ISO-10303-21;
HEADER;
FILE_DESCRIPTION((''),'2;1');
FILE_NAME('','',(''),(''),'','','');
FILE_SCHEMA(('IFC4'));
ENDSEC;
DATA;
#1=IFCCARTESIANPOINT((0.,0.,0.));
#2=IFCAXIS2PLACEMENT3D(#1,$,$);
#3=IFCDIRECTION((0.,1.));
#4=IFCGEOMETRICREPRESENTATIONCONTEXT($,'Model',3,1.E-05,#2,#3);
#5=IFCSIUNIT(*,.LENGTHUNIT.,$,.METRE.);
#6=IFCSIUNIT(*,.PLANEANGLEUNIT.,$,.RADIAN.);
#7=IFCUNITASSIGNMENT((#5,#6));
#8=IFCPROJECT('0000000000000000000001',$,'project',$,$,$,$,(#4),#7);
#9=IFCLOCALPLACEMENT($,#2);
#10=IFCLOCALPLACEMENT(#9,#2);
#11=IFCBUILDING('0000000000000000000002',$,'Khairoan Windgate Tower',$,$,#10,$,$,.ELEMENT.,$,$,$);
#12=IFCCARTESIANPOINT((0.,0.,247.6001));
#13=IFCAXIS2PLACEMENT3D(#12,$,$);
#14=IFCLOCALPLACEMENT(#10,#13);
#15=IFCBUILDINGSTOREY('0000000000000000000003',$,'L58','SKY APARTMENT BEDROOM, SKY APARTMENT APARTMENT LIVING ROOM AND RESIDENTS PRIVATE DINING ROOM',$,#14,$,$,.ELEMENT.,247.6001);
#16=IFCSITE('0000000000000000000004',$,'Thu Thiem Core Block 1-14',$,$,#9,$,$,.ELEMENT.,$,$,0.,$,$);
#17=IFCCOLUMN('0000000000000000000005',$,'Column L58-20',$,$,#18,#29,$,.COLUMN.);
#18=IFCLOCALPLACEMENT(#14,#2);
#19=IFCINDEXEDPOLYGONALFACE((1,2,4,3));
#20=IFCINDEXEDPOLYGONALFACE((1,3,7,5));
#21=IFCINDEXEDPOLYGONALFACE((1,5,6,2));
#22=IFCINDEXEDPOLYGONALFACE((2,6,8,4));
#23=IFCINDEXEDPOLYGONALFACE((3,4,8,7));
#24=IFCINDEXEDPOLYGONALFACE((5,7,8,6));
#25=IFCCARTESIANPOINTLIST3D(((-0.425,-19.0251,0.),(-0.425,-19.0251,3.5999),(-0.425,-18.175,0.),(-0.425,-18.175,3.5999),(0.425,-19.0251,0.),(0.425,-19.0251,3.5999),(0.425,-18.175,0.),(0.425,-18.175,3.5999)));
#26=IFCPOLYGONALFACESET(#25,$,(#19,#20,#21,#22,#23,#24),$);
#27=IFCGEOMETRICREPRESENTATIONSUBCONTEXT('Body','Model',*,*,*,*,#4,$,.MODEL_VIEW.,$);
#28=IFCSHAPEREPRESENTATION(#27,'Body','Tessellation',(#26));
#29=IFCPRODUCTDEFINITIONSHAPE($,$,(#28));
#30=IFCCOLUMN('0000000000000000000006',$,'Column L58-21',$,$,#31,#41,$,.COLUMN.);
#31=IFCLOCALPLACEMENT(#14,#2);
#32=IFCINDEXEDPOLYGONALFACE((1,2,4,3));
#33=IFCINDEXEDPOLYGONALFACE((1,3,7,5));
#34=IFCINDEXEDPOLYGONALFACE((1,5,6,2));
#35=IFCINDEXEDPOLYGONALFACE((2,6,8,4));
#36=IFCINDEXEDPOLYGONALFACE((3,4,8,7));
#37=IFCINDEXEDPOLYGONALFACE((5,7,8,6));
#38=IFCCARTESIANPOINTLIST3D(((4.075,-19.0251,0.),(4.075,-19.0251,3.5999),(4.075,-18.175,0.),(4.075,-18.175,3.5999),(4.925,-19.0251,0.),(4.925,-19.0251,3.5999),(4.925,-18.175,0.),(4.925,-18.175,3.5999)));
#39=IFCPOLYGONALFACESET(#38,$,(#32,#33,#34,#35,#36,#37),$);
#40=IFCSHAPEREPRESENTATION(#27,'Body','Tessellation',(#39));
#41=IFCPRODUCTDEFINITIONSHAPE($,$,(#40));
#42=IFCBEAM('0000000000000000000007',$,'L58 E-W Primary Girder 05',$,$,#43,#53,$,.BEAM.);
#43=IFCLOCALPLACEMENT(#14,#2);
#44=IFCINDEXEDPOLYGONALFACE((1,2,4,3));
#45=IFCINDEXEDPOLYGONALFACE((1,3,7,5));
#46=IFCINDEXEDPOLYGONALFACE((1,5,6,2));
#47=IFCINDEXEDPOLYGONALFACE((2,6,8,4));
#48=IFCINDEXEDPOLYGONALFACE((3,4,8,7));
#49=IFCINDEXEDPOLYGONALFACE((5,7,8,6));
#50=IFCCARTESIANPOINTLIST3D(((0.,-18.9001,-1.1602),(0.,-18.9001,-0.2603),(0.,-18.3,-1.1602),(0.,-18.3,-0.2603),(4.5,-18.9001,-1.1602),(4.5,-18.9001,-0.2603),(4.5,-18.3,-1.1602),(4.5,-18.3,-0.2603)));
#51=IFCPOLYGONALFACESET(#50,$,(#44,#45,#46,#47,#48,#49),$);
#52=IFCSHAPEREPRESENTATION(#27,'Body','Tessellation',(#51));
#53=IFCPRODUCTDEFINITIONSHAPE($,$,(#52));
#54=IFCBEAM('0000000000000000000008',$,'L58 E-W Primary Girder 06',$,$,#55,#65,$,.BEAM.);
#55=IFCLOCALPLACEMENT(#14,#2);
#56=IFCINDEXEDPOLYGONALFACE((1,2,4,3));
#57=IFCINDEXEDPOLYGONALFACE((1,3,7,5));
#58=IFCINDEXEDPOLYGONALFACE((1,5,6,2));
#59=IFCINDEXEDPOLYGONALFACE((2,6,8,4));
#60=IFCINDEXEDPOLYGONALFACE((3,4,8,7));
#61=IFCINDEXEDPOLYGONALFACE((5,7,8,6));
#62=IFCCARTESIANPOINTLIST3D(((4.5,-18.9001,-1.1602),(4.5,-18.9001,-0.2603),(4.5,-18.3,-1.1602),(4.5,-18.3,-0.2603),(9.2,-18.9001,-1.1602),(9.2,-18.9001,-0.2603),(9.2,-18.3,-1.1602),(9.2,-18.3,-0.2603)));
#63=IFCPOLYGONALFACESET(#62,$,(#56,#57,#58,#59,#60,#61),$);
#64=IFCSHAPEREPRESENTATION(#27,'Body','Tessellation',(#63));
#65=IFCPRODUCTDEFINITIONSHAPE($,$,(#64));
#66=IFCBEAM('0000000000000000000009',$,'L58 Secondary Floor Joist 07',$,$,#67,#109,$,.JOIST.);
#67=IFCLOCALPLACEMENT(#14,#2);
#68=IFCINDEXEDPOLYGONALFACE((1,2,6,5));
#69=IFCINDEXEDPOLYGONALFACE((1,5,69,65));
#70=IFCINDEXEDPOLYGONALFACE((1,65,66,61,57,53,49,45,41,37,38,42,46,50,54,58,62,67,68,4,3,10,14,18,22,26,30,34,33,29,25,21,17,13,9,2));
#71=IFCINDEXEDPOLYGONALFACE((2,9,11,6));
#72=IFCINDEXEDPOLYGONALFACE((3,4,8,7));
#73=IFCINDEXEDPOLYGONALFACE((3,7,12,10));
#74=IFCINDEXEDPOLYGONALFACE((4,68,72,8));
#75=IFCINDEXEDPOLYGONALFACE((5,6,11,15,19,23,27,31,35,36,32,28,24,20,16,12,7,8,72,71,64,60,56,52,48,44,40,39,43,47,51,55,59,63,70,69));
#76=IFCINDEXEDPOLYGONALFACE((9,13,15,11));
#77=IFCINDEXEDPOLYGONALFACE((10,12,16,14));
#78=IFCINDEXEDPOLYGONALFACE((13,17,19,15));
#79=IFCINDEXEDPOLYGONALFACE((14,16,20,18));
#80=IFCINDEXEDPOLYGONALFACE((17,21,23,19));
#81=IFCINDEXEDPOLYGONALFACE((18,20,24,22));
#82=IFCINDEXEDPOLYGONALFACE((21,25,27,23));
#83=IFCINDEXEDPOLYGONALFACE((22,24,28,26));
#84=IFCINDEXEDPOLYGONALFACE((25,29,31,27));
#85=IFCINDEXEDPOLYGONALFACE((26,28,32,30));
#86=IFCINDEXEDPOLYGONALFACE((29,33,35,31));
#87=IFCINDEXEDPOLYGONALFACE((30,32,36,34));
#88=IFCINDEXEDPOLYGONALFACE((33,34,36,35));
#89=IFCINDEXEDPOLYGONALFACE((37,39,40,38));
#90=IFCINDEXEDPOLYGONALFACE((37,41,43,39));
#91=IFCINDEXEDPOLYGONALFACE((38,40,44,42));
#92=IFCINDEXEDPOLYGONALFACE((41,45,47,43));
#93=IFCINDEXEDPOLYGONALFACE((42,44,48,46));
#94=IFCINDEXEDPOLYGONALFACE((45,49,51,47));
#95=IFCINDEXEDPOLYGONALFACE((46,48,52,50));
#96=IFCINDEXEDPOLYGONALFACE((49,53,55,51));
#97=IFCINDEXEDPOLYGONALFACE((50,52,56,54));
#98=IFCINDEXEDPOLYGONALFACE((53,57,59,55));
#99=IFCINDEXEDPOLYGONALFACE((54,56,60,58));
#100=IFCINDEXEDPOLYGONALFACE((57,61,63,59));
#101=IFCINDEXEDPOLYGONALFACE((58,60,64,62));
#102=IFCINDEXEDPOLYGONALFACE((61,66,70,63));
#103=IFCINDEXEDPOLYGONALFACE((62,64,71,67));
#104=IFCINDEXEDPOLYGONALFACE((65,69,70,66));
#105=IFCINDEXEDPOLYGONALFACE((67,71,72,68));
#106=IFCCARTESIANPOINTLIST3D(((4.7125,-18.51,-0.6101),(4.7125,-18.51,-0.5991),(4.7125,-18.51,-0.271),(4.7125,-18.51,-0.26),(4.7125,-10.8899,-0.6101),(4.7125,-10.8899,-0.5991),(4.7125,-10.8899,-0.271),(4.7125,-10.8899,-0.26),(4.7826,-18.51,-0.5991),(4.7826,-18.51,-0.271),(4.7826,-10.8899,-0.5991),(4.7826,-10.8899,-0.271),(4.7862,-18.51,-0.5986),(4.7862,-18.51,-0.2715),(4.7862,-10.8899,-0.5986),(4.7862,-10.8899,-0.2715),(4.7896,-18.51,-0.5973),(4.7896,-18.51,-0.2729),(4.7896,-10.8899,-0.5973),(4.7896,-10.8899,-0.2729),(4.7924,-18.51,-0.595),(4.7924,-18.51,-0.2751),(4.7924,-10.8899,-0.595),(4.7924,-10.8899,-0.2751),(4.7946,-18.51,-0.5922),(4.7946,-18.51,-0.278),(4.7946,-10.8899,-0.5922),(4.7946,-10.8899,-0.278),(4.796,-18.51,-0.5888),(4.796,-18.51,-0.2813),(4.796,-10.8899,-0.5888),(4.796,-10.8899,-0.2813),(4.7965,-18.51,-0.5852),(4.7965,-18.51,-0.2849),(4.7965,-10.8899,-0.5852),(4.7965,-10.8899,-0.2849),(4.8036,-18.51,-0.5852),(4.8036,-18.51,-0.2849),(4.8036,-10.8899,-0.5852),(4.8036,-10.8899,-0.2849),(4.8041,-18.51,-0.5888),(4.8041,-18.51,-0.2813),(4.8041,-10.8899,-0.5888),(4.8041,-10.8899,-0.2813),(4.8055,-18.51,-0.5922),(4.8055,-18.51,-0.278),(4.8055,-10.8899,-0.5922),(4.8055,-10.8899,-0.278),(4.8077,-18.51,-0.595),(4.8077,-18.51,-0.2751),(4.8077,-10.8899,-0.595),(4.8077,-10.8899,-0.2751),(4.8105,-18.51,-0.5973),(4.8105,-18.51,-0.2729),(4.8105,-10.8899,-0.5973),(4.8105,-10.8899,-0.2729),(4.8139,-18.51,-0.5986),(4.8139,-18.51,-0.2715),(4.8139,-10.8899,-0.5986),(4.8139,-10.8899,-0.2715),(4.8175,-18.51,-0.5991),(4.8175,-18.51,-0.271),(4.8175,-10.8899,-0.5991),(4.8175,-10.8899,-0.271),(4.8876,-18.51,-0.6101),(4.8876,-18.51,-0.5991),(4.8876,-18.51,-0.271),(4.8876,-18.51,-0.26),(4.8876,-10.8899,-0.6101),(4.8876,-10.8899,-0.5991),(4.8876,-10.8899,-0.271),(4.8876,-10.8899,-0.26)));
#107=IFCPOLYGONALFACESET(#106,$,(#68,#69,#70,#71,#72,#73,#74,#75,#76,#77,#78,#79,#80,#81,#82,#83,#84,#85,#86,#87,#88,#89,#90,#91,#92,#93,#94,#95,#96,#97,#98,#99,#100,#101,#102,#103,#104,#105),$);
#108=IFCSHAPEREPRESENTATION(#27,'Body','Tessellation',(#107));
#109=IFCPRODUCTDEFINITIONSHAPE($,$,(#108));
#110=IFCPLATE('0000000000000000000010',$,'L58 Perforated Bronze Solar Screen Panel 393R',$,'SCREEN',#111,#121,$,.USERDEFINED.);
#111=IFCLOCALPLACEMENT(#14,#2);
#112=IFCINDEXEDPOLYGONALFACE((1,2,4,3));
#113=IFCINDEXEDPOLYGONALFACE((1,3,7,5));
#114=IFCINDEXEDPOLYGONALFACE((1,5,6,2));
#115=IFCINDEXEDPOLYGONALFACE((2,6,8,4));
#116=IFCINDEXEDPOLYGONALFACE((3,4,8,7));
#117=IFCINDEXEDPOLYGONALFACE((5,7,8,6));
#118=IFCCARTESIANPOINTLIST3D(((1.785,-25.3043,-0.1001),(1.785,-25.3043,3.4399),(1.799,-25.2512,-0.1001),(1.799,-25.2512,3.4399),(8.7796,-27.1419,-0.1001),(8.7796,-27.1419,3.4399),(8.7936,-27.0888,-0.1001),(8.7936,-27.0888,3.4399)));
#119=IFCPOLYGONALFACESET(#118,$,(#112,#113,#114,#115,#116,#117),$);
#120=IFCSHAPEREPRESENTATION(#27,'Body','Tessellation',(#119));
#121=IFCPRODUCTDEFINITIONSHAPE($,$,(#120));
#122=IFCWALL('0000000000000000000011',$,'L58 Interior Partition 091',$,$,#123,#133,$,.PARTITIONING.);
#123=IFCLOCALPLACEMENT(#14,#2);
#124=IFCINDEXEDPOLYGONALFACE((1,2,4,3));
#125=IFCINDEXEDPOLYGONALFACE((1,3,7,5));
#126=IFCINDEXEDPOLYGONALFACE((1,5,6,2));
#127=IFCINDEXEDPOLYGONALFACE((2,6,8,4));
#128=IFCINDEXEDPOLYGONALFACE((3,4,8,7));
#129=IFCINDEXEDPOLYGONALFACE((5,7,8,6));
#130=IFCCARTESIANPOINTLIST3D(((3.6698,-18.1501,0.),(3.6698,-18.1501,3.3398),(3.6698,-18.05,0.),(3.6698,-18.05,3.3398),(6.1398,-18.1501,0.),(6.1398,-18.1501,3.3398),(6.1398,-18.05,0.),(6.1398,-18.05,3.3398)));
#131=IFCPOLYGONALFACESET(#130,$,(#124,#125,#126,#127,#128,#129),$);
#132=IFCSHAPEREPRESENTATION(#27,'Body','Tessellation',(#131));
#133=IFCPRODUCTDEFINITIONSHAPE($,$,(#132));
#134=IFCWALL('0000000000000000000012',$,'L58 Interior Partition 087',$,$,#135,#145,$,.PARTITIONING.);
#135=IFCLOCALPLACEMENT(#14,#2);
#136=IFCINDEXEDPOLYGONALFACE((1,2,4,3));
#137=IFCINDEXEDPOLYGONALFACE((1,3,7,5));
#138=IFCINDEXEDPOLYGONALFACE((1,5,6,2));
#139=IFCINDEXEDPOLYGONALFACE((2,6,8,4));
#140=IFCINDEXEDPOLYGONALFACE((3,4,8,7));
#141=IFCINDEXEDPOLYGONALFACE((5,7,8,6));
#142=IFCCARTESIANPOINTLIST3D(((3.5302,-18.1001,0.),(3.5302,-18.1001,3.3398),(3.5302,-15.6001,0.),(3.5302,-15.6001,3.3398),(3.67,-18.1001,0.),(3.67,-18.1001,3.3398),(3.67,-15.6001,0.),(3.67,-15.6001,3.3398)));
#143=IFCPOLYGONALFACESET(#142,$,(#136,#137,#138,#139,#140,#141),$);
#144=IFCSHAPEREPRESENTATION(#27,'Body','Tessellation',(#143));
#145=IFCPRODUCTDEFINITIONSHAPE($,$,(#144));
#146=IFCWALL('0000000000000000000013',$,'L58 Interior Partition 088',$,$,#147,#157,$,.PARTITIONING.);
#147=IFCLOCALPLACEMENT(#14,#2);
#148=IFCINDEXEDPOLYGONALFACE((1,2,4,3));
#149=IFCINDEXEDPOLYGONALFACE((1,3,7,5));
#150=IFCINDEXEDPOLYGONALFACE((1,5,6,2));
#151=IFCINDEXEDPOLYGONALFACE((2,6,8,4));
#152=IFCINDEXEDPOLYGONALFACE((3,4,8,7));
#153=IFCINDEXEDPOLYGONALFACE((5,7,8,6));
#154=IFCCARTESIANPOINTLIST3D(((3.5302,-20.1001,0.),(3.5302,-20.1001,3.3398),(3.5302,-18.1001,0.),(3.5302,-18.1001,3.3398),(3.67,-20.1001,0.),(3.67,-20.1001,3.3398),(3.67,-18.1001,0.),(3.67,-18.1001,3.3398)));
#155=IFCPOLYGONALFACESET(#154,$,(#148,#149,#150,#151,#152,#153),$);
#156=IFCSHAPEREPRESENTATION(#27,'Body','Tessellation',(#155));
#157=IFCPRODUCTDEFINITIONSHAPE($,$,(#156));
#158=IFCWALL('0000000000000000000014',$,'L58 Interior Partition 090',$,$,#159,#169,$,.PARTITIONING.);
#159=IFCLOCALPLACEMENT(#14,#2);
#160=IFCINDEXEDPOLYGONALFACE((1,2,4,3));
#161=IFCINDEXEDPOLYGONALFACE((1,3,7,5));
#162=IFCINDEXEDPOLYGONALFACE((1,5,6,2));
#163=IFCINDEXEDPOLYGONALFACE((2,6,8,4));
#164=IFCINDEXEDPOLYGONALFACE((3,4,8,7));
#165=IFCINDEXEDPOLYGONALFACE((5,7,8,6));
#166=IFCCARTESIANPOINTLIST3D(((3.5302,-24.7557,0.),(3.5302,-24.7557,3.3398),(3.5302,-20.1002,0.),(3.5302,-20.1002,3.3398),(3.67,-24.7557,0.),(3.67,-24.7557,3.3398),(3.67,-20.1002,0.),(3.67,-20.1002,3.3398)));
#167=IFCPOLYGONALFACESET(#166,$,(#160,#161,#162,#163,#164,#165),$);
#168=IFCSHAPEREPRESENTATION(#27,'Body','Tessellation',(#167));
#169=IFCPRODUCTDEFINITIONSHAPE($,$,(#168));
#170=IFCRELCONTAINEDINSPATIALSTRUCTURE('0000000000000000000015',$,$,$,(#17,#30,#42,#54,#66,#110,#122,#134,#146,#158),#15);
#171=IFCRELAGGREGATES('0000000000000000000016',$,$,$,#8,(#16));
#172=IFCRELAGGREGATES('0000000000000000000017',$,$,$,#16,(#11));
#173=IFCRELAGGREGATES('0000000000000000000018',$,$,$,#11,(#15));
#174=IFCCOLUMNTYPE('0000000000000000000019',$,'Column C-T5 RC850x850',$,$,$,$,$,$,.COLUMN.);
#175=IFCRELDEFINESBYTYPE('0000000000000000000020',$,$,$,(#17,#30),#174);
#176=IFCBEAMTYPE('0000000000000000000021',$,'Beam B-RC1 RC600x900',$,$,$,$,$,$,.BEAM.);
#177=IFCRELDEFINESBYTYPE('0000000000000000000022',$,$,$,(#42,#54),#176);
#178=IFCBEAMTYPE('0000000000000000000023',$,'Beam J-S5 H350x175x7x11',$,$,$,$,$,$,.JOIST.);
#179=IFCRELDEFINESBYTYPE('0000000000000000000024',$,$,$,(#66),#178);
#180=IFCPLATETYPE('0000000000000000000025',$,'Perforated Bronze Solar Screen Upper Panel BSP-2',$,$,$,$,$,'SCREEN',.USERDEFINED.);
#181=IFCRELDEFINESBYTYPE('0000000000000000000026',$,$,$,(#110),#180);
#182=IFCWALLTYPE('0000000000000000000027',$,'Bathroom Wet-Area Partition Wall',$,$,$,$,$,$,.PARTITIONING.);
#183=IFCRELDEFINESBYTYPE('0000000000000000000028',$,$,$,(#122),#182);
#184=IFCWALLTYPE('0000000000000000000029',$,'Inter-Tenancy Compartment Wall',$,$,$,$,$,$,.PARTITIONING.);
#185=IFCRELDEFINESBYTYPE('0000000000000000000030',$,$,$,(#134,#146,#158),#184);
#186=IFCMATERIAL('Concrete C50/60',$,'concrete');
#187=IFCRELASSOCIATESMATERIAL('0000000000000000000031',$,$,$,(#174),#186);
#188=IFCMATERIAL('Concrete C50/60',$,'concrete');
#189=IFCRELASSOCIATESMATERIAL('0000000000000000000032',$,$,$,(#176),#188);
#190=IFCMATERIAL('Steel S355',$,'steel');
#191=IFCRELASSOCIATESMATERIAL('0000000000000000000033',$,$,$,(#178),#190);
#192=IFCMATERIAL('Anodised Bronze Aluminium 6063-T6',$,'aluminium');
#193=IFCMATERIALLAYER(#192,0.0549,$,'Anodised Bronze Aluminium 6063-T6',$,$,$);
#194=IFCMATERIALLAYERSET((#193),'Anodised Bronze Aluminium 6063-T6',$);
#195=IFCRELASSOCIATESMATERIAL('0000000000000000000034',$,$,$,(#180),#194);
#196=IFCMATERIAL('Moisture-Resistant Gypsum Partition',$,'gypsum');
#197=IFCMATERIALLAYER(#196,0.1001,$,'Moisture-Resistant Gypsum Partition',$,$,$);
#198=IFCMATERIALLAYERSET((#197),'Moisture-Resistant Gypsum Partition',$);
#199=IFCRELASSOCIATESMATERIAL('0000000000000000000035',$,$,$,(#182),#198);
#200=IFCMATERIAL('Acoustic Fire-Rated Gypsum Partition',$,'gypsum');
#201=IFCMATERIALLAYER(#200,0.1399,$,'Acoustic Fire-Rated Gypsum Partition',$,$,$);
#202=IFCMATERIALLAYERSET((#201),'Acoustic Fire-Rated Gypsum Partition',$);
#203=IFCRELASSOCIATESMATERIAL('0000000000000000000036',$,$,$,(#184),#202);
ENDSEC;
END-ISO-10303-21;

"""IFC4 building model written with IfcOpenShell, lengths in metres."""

from ifc_helpers import new_model, si_unit, direction, frame, frame_2d, origin, origin_2d, place, context, subcontext, project, spatial, rectangle, i_section, extrude, material, layer, layer_set, material_profile, profile_set, type_object, element, save


model = new_model("IFC4")

# Units and contexts
model_context = context("Model", 3, precision=1e-05, world=origin(), true_north=direction((0.0, 1.0)))
body_context = subcontext(model_context, "Body", "Model", "MODEL_VIEW")
ifc_project = project(units=[si_unit("LENGTHUNIT", "METRE"), si_unit("PLANEANGLEUNIT", "RADIAN")], contexts=[model_context])

# Site, building, storey
site_placement = place(None, origin())
site = spatial("IfcSite", under=ifc_project, at=site_placement, Name="Thu Thiem Core Block 1-14", CompositionType="ELEMENT", RefElevation=0.0)
building_placement = place(site_placement, origin())
building = spatial("IfcBuilding", under=site, at=building_placement, Name="Khairoan Windgate Tower", CompositionType="ELEMENT")
storey_placement = place(building_placement, frame((0.0, 0.0, 247.6001)))
storey = spatial("IfcBuildingStorey", under=building, at=storey_placement, Name="L58", Description="SKY APARTMENT BEDROOM, SKY APARTMENT APARTMENT LIVING ROOM AND RESIDENTS PRIVATE DINING ROOM", CompositionType="ELEMENT", Elevation=247.6001)

# Columns
ifc_material_1 = material(Name="Concrete C50/60", Category="concrete")
ifc_material_profile_1 = material_profile(ifc_material_1, rectangle(XDim=0.8501, YDim=0.8501, at=origin_2d()))
ifc_profile_set_1 = profile_set([ifc_material_profile_1], Name="Concrete C50/60")
column_type = type_object("IfcColumnType", Name="Column C-T5 RC850x850", PredefinedType="COLUMN", material=ifc_profile_set_1)
for number, where, z_axis, x_axis, name in (
    (1, (0.0, -18.6001, 0.0), (0.0, 0.0, 1.0), (1.0, 0.0, 0.0), "Column L58-20"),
    (2, (4.5, -18.6001, 0.0), (0.0, 0.0, 1.0), (1.0, 0.0, 0.0), "Column L58-21"),
):
    element("IfcColumn", number, at=place(storey_placement, frame(where, z_axis=z_axis, x_axis=x_axis)), inside=storey, type_object=column_type, Name=name, PredefinedType="COLUMN", context=body_context, shape_type="SweptSolid", body=[
        extrude(rectangle(XDim=0.8501, YDim=0.8501, at=origin_2d()), origin(), (0.0, 0.0, 1.0), 3.5999),
    ])

# Beams
ifc_material_2 = material(Name="Concrete C50/60", Category="concrete")
ifc_material_profile_2 = material_profile(ifc_material_2, rectangle(XDim=0.6001, YDim=0.8999, at=origin_2d()))
ifc_profile_set_2 = profile_set([ifc_material_profile_2], Name="Concrete C50/60")
beam_type_1 = type_object("IfcBeamType", Name="Beam B-RC1 RC600x900", PredefinedType="BEAM", material=ifc_profile_set_2)
beam_1_placement = place(storey_placement, frame((0.0, -18.6001, -0.7102), z_axis=(1.0, 0.0, 0.0), x_axis=(0.0, 1.0, 0.0)))
element("IfcBeam", 3, at=beam_1_placement, inside=storey, type_object=beam_type_1, Name="L58 E-W Primary Girder 05", PredefinedType="BEAM", context=body_context, shape_type="SweptSolid", body=[
    extrude(rectangle(XDim=0.6001, YDim=0.8999, at=origin_2d()), origin(), (0.0, 0.0, 1.0), 4.5),
])
beam_2_placement = place(storey_placement, frame((4.5, -18.6001, -0.7102), z_axis=(1.0, 0.0, 0.0), x_axis=(0.0, 1.0, 0.0)))
element("IfcBeam", 4, at=beam_2_placement, inside=storey, type_object=beam_type_1, Name="L58 E-W Primary Girder 06", PredefinedType="BEAM", context=body_context, shape_type="SweptSolid", body=[
    extrude(rectangle(XDim=0.6001, YDim=0.8999, at=origin_2d()), origin(), (0.0, 0.0, 1.0), 4.7),
])
ifc_material_3 = material(Name="Steel S355", Category="steel")
ifc_material_profile_3 = material_profile(ifc_material_3, i_section(OverallWidth=0.175, OverallDepth=0.3501, WebThickness=0.0071, FlangeThickness=0.011, FilletRadius=0.0139, at=origin_2d()))
ifc_profile_set_3 = profile_set([ifc_material_profile_3], Name="Steel S355")
beam_type_2 = type_object("IfcBeamType", Name="Beam J-S5 H350x175x7x11", PredefinedType="JOIST", material=ifc_profile_set_3)
beam_3_placement = place(storey_placement, frame((4.8, -18.51, -0.4351), z_axis=(0.0, 1.0, 0.0), x_axis=(-1.0, 0.0, 0.0)))
element("IfcBeam", 5, at=beam_3_placement, inside=storey, type_object=beam_type_2, Name="L58 Secondary Floor Joist 07", PredefinedType="JOIST", context=body_context, shape_type="SweptSolid", body=[
    extrude(i_section(OverallWidth=0.175, OverallDepth=0.3501, WebThickness=0.0071, FlangeThickness=0.011, FilletRadius=0.0139, at=origin_2d()), origin(), (0.0, 0.0, 1.0), 7.6201),
])

# Plate
ifc_material_4 = material(Name="Anodised Bronze Aluminium 6063-T6", Category="aluminium")
ifc_layer_1 = layer(ifc_material_4, 0.0549, Name="Anodised Bronze Aluminium 6063-T6")
ifc_layer_set_1 = layer_set([ifc_layer_1], Name="Anodised Bronze Aluminium 6063-T6")
plate_type = type_object("IfcPlateType", Name="Perforated Bronze Solar Screen Upper Panel BSP-2", ElementType="SCREEN", PredefinedType="USERDEFINED", material=ifc_layer_set_1)
plate_placement = place(storey_placement, frame((5.2893, -26.1965, -0.1001), z_axis=(0.0, 0.0, 1.0), x_axis=(-0.967179, 0.254096, 0.0)))
element("IfcPlate", 6, at=plate_placement, inside=storey, type_object=plate_type, Name="L58 Perforated Bronze Solar Screen Panel 393R", ObjectType="SCREEN", PredefinedType="USERDEFINED", context=body_context, shape_type="SweptSolid", body=[
    extrude(rectangle(XDim=7.2319, YDim=0.0549, at=origin_2d()), origin(), (0.0, 0.0, 1.0), 3.54),
])

# Walls
ifc_material_5 = material(Name="Moisture-Resistant Gypsum Partition", Category="gypsum")
ifc_layer_2 = layer(ifc_material_5, 0.1001, Name="Moisture-Resistant Gypsum Partition")
ifc_layer_set_2 = layer_set([ifc_layer_2], Name="Moisture-Resistant Gypsum Partition")
wall_type_1 = type_object("IfcWallType", Name="Bathroom Wet-Area Partition Wall", PredefinedType="PARTITIONING", material=ifc_layer_set_2)
wall_1_placement = place(storey_placement, frame((3.6699, -18.1001, 0.0), z_axis=(0.0, 0.0, 1.0), x_axis=(1.0, 0.0, 0.0)))
element("IfcWall", 7, at=wall_1_placement, inside=storey, type_object=wall_type_1, Name="L58 Interior Partition 091", PredefinedType="PARTITIONING", context=body_context, shape_type="SweptSolid", body=[
    extrude(rectangle(XDim=2.47, YDim=0.1001, at=frame_2d((1.2349, 0.0))), origin(), (0.0, 0.0, 1.0), 3.3398),
])
ifc_material_6 = material(Name="Acoustic Fire-Rated Gypsum Partition", Category="gypsum")
ifc_layer_3 = layer(ifc_material_6, 0.1399, Name="Acoustic Fire-Rated Gypsum Partition")
ifc_layer_set_3 = layer_set([ifc_layer_3], Name="Acoustic Fire-Rated Gypsum Partition")
wall_type_2 = type_object("IfcWallType", Name="Inter-Tenancy Compartment Wall", PredefinedType="PARTITIONING", material=ifc_layer_set_3)
wall_2_placement = place(storey_placement, frame((3.6001, -18.1001, 0.0), z_axis=(0.0, 0.0, 1.0), x_axis=(0.0, 1.0, 0.0)))
element("IfcWall", 8, at=wall_2_placement, inside=storey, type_object=wall_type_2, Name="L58 Interior Partition 087", PredefinedType="PARTITIONING", context=body_context, shape_type="SweptSolid", body=[
    extrude(rectangle(XDim=2.5, YDim=0.1399, at=frame_2d((1.25, 0.0))), origin(), (0.0, 0.0, 1.0), 3.3398),
])
wall_3_placement = place(storey_placement, frame((3.6001, -20.1001, 0.0), z_axis=(0.0, 0.0, 1.0), x_axis=(0.0, 1.0, 0.0)))
element("IfcWall", 9, at=wall_3_placement, inside=storey, type_object=wall_type_2, Name="L58 Interior Partition 088", PredefinedType="PARTITIONING", context=body_context, shape_type="SweptSolid", body=[
    extrude(rectangle(XDim=2.0, YDim=0.1399, at=frame_2d((1.0, 0.0))), origin(), (0.0, 0.0, 1.0), 3.3398),
])
wall_4_placement = place(storey_placement, frame((3.6001, -24.7556, 0.0), z_axis=(0.0, 0.0, 1.0), x_axis=(0.0, 1.0, 0.0)))
element("IfcWall", 10, at=wall_4_placement, inside=storey, type_object=wall_type_2, Name="L58 Interior Partition 090", PredefinedType="PARTITIONING", context=body_context, shape_type="SweptSolid", body=[
    extrude(rectangle(XDim=4.6555, YDim=0.1399, at=frame_2d((2.3276, 0.0))), origin(), (0.0, 0.0, 1.0), 3.3398),
])

save(model, "model.ifc")
